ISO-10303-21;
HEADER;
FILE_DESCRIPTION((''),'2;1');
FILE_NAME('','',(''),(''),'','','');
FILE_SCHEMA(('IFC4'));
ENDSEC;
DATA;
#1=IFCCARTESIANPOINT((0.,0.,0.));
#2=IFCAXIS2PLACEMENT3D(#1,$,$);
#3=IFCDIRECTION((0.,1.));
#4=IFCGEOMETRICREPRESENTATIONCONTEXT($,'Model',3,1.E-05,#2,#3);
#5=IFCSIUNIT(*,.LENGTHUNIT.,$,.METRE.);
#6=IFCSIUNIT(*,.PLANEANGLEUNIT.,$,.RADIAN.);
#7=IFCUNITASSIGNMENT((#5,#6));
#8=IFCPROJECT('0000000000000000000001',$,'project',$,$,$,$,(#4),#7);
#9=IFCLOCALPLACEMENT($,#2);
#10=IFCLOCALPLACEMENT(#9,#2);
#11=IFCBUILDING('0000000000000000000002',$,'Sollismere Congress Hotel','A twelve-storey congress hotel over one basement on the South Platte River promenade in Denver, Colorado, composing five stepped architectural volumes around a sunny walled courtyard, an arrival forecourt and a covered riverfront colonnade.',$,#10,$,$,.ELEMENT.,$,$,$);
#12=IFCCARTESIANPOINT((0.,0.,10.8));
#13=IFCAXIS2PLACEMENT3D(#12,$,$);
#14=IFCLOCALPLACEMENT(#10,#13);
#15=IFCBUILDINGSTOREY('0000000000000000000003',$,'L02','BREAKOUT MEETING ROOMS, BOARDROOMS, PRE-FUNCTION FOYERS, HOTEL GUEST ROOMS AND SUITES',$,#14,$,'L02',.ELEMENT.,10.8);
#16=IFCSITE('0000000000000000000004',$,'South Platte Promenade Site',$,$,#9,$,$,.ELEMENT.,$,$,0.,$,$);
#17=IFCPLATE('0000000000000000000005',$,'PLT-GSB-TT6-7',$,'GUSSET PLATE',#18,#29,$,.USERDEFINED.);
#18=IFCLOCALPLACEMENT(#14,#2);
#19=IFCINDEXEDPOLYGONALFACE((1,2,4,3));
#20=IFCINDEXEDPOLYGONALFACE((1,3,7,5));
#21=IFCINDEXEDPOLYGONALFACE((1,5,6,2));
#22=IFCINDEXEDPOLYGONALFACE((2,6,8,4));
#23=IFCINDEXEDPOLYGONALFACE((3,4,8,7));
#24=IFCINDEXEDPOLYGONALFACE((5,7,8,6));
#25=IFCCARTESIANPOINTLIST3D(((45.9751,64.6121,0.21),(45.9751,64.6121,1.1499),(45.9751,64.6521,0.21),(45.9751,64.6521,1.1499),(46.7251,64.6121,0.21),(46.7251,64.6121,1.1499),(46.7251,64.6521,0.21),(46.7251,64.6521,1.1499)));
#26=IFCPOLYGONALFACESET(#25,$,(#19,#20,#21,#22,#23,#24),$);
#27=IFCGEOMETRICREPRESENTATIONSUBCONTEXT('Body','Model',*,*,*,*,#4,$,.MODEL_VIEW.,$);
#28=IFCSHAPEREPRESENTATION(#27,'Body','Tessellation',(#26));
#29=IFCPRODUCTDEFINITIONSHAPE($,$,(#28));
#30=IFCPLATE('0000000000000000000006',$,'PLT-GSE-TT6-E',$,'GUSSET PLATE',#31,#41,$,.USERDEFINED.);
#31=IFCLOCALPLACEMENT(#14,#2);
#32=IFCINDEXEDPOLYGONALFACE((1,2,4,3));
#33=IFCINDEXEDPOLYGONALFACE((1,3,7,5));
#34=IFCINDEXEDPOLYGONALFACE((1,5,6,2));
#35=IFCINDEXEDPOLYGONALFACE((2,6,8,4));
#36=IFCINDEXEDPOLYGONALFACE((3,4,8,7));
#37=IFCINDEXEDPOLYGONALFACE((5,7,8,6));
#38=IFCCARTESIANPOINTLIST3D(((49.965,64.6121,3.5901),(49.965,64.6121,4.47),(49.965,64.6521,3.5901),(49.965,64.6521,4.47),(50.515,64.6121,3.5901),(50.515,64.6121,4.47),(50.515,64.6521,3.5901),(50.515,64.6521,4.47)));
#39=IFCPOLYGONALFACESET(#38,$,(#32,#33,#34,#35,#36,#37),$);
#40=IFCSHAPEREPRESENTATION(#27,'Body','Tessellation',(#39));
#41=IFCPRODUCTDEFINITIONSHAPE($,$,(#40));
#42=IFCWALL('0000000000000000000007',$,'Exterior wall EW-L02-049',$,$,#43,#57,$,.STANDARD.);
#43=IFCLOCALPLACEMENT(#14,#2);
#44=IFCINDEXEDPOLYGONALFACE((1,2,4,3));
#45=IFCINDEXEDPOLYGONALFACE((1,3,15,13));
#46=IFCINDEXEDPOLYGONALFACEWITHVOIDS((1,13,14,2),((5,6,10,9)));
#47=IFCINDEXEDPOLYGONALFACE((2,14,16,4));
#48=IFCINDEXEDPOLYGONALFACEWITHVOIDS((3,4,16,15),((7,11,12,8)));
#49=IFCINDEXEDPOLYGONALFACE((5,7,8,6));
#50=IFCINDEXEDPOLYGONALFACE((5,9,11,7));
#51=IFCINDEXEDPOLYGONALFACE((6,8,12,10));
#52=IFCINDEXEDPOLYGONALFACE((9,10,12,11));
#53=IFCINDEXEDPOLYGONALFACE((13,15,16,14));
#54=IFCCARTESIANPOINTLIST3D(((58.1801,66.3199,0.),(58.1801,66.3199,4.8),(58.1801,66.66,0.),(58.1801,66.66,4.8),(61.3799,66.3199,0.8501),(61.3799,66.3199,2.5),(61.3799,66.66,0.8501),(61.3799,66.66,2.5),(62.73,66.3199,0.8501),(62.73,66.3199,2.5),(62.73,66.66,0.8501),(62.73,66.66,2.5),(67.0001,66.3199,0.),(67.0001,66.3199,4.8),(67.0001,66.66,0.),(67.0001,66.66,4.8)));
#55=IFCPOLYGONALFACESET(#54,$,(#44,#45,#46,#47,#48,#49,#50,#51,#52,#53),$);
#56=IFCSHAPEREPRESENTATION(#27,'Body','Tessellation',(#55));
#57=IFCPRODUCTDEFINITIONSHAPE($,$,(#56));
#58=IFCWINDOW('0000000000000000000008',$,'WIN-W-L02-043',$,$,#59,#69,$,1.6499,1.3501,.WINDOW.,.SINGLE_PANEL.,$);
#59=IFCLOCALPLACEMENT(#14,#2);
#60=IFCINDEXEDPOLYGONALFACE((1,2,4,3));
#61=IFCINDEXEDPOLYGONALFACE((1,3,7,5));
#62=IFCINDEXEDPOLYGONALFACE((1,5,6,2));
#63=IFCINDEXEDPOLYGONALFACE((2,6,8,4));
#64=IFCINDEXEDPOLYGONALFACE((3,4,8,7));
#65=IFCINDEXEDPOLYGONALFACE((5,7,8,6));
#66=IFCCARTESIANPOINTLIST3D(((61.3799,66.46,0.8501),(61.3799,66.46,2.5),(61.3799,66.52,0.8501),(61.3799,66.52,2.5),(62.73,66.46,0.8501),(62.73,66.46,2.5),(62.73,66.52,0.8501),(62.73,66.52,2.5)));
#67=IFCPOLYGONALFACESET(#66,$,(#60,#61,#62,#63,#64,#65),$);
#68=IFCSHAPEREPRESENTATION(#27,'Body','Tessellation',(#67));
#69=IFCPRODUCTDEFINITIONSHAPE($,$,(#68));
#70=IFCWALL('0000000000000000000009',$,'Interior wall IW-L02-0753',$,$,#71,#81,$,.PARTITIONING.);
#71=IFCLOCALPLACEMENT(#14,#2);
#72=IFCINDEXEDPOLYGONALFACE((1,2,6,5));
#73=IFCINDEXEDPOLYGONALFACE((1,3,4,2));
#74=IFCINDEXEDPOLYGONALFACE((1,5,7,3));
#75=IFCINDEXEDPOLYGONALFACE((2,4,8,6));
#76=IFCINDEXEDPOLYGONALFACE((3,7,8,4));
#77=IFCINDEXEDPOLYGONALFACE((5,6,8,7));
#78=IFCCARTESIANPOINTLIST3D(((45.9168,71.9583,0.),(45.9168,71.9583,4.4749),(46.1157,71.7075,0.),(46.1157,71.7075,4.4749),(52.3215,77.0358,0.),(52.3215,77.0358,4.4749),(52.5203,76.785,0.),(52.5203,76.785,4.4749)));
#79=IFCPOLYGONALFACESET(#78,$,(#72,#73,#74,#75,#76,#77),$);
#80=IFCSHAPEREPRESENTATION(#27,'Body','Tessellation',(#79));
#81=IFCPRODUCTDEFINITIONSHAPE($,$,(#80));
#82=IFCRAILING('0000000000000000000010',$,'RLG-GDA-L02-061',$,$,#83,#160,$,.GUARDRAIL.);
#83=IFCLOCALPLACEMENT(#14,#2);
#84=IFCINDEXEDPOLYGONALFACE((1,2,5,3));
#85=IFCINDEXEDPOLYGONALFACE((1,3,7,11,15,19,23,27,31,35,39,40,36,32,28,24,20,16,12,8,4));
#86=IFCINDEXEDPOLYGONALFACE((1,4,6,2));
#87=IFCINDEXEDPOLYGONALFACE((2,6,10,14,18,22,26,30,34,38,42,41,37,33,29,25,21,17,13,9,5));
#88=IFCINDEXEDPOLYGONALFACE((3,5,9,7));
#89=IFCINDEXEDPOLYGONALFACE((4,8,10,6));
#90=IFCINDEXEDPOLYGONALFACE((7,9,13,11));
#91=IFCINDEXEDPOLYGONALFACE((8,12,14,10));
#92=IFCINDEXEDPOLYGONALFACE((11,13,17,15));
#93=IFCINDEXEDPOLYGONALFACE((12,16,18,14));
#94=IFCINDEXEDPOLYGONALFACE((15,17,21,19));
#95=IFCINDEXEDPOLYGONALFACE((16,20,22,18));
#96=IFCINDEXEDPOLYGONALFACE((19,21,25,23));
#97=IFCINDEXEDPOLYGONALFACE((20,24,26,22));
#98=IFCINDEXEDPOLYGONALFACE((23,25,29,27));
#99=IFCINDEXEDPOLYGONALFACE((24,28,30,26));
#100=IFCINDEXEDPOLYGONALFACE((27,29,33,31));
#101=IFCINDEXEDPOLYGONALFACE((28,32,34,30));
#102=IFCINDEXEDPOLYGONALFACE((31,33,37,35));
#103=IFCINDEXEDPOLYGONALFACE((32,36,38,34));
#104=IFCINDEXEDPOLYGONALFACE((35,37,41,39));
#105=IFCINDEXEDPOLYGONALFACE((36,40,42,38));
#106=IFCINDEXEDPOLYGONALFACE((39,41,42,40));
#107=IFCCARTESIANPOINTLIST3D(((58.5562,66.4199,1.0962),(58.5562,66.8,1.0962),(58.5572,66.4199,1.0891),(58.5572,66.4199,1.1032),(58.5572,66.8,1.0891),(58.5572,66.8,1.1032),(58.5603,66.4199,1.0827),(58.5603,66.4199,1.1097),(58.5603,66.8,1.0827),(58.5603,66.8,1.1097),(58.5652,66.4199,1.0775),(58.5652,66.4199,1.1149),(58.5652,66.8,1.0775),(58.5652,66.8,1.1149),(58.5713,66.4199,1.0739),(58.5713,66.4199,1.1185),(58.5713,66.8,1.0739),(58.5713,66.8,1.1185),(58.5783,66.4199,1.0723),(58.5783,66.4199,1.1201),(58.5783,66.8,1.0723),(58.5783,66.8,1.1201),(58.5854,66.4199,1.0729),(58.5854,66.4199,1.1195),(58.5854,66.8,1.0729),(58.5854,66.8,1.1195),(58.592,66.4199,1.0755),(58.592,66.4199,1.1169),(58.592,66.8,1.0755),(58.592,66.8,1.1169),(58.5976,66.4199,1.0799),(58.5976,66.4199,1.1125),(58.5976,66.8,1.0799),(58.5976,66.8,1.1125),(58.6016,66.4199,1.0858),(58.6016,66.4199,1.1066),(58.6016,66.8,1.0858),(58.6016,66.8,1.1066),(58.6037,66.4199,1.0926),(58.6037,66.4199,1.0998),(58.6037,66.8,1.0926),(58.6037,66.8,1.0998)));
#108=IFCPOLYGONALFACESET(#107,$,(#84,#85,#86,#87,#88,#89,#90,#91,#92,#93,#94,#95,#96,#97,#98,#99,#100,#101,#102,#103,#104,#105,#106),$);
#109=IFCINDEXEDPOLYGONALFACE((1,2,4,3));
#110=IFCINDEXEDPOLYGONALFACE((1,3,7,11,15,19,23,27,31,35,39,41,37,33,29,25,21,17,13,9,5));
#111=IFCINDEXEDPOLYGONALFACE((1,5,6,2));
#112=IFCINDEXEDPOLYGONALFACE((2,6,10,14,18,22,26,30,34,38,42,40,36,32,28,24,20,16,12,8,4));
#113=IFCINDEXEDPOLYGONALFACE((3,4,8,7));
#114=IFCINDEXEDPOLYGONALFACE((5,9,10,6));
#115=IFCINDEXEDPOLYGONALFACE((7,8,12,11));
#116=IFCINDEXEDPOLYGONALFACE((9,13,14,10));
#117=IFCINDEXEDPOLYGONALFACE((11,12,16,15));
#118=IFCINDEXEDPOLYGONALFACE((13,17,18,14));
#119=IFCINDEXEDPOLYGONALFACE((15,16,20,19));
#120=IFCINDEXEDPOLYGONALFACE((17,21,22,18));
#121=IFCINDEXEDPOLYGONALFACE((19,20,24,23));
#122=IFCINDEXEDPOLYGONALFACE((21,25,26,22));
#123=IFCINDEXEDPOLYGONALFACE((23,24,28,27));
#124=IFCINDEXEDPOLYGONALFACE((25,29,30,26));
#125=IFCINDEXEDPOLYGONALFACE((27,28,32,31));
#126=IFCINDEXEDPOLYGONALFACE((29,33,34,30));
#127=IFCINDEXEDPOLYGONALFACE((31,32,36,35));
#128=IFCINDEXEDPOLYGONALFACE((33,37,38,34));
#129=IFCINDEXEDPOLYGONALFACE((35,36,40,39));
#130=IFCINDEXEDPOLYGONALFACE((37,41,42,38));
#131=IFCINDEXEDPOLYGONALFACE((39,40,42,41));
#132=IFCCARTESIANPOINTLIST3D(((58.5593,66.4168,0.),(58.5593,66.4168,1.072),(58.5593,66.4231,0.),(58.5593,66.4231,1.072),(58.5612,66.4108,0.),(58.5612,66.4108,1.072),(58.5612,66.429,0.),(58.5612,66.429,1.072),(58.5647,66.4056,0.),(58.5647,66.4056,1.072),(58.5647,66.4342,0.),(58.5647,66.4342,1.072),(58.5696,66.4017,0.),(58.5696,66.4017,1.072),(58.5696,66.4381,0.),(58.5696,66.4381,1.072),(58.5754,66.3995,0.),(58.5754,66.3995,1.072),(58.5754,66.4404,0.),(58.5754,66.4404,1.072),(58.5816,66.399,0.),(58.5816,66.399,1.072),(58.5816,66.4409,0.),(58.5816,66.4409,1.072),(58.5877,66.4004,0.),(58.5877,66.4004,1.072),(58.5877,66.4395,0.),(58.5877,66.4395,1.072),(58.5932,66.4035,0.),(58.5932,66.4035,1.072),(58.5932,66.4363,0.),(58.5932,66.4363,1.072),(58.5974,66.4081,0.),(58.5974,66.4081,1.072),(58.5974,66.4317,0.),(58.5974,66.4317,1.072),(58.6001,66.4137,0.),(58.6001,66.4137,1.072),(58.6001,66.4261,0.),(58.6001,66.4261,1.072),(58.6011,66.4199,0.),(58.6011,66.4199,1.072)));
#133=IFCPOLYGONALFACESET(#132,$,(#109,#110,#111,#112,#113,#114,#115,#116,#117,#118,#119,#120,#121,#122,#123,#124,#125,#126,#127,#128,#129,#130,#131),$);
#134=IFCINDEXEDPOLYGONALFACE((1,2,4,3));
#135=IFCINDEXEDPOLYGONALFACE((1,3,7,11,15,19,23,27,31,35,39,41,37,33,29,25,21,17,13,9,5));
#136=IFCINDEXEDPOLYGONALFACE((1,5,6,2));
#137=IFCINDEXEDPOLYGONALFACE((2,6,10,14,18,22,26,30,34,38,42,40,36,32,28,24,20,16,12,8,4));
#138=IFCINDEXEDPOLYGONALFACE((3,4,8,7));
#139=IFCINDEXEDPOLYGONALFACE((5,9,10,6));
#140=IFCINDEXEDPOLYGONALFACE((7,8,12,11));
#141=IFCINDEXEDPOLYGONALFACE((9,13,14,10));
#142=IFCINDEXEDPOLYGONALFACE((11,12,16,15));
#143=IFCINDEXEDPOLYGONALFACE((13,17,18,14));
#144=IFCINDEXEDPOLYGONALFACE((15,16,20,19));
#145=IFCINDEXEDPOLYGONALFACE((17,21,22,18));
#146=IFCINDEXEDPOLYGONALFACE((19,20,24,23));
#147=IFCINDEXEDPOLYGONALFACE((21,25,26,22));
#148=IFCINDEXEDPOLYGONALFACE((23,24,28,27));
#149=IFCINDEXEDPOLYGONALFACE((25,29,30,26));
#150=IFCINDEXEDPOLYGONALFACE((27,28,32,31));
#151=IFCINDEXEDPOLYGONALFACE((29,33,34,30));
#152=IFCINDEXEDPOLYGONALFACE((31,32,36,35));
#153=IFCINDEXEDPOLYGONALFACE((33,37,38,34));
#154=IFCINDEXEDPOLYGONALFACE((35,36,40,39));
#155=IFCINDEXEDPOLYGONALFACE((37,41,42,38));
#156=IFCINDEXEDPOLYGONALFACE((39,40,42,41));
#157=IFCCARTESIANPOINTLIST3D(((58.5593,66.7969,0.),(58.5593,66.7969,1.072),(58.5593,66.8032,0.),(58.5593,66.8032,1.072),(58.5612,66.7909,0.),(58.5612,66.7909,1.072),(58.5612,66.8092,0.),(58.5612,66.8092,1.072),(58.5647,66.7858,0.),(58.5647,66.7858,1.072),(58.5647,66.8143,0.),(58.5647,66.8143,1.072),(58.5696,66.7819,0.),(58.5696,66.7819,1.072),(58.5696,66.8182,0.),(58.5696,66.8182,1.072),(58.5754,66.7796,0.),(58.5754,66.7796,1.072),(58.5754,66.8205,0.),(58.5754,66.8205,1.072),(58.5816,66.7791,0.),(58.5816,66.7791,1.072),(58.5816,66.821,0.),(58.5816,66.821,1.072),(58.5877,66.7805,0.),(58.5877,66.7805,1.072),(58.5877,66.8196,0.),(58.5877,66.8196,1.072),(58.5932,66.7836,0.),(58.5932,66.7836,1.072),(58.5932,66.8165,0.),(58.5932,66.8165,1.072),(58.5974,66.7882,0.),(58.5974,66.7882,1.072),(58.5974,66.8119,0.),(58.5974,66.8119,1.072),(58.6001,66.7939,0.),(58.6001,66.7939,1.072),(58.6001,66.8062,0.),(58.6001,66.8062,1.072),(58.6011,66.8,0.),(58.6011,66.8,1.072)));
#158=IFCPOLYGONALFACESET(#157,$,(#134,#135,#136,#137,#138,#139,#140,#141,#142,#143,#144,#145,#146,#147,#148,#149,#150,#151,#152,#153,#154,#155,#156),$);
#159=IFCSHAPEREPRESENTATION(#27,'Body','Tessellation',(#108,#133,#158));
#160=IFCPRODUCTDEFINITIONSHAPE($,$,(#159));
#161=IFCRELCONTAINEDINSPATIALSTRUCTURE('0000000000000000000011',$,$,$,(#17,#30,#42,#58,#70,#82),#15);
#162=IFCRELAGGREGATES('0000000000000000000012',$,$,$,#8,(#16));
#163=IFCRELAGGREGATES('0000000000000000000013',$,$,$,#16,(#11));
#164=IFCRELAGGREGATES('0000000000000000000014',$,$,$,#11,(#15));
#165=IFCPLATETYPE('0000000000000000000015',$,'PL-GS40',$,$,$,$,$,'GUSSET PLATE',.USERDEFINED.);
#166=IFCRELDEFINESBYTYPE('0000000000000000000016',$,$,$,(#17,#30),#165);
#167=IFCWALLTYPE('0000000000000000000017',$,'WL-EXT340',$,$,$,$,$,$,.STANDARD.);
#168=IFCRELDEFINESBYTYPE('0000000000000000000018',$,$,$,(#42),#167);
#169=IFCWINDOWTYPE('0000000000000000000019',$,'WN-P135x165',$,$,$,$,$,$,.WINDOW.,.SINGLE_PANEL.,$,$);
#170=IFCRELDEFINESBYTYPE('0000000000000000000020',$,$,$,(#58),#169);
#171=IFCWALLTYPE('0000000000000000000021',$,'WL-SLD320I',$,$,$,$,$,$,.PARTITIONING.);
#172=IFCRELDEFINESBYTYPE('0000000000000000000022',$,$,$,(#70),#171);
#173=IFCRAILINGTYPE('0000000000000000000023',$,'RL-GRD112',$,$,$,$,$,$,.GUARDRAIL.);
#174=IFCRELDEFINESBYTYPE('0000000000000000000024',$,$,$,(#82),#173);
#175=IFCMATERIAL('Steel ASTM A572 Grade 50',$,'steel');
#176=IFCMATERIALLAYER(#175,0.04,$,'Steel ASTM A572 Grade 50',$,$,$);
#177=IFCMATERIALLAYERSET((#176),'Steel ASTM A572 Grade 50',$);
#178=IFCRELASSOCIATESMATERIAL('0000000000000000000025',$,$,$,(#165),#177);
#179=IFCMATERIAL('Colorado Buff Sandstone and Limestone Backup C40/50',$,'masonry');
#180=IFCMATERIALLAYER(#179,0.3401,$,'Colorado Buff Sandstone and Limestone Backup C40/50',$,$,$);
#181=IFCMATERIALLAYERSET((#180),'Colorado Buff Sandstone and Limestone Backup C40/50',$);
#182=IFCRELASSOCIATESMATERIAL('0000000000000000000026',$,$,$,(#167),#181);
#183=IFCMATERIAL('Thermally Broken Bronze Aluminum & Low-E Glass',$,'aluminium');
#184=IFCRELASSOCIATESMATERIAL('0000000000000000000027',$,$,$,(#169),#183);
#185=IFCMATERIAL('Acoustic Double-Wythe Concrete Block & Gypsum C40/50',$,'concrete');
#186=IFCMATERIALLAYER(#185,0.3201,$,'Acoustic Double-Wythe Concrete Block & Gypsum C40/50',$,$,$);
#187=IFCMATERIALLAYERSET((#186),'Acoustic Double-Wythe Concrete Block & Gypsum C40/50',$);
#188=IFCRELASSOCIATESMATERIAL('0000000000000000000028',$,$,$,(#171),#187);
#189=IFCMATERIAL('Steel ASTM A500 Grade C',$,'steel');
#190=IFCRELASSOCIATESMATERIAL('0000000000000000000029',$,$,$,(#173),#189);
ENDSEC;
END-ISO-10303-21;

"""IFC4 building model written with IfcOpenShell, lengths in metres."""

from ifc_helpers import new_model, si_unit, direction, frame, frame_2d, origin, origin_2d, place, context, subcontext, project, spatial, rectangle, circle, extrude, material, layer, layer_set, type_object, element, fill, save


model = new_model("IFC4")

# Units and contexts
model_context = context("Model", 3, precision=1e-05, world=origin(), true_north=direction((0.0, 1.0)))
body_context = subcontext(model_context, "Body", "Model", "MODEL_VIEW")
ifc_project = project(units=[si_unit("LENGTHUNIT", "METRE"), si_unit("PLANEANGLEUNIT", "RADIAN")], contexts=[model_context])

# Site, building, storey
site_placement = place(None, origin())
site = spatial("IfcSite", under=ifc_project, at=site_placement, Name="South Platte Promenade Site", CompositionType="ELEMENT", RefElevation=0.0)
building_placement = place(site_placement, origin())
building = spatial("IfcBuilding", under=site, at=building_placement, Name="Sollismere Congress Hotel", Description="A twelve-storey congress hotel over one basement on the South Platte River promenade in Denver, Colorado, composing five stepped architectural volumes around a sunny walled courtyard, an arrival forecourt and a covered riverfront colonnade.", CompositionType="ELEMENT")
storey_placement = place(building_placement, frame((0.0, 0.0, 10.8)))
storey = spatial("IfcBuildingStorey", under=building, at=storey_placement, Name="L02", Description="BREAKOUT MEETING ROOMS, BOARDROOMS, PRE-FUNCTION FOYERS, HOTEL GUEST ROOMS AND SUITES", LongName="L02", CompositionType="ELEMENT", Elevation=10.8)

# Shared definitions
ifc_material_1 = material(Name="Steel ASTM A500 Grade C", Category="steel")

# Plates
ifc_material_2 = material(Name="Steel ASTM A572 Grade 50", Category="steel")
ifc_layer_1 = layer(ifc_material_2, 0.04, Name="Steel ASTM A572 Grade 50")
ifc_layer_set_1 = layer_set([ifc_layer_1], Name="Steel ASTM A572 Grade 50")
plate_type_1 = type_object("IfcPlateType", Name="PL-GS40", ElementType="GUSSET PLATE", PredefinedType="USERDEFINED", material=ifc_layer_set_1)
for number, where, z_axis, x_axis, name in (
    (1, (46.3501, 64.6321, 0.21), (0.0, 0.0, 1.0), (1.0, 0.0, 0.0), "PLT-GSB-TT6-7"),
):
    element("IfcPlate", number, at=place(storey_placement, frame(where, z_axis=z_axis, x_axis=x_axis)), inside=storey, type_object=plate_type_1, Name=name, ObjectType="GUSSET PLATE", PredefinedType="USERDEFINED", context=body_context, shape_type="SweptSolid", body=[
        extrude(rectangle(XDim=0.75, YDim=0.04, at=origin_2d()), origin(), (0.0, 0.0, 1.0), 0.9399),
    ])
plate_1_placement = place(storey_placement, frame((50.24, 64.6321, 3.5901), z_axis=(0.0, 0.0, 1.0), x_axis=(1.0, 0.0, 0.0)))
element("IfcPlate", 2, at=plate_1_placement, inside=storey, type_object=plate_type_1, Name="PLT-GSE-TT6-E", ObjectType="GUSSET PLATE", PredefinedType="USERDEFINED", context=body_context, shape_type="SweptSolid", body=[
    extrude(rectangle(XDim=0.55, YDim=0.04, at=origin_2d()), origin(), (0.0, 0.0, 1.0), 0.8799),
])

# Wall, opening, window
ifc_material_3 = material(Name="Colorado Buff Sandstone and Limestone Backup C40/50", Category="masonry")
ifc_layer_2 = layer(ifc_material_3, 0.3401, Name="Colorado Buff Sandstone and Limestone Backup C40/50")
ifc_layer_set_2 = layer_set([ifc_layer_2], Name="Colorado Buff Sandstone and Limestone Backup C40/50")
wall_type_1 = type_object("IfcWallType", Name="WL-EXT340", PredefinedType="STANDARD", material=ifc_layer_set_2)
wall_1_placement = place(storey_placement, frame((58.1799, 66.49, 0.0), z_axis=(0.0, 0.0, 1.0), x_axis=(1.0, 0.0, 0.0)))
wall_1 = element("IfcWall", 3, at=wall_1_placement, inside=storey, type_object=wall_type_1, Name="Exterior wall EW-L02-049", PredefinedType="STANDARD", context=body_context, shape_type="SweptSolid", body=[
    extrude(rectangle(XDim=8.8201, YDim=0.3401, at=frame_2d((4.4102, 0.0))), origin(), (0.0, 0.0, 1.0), 4.8),
])
opening_placement = place(wall_1_placement, frame((3.2, 0.0, 0.8501)))
opening = element("IfcOpeningElement", 4, at=opening_placement, cuts=wall_1, PredefinedType="OPENING", context=body_context, shape_type="SweptSolid", body=[
    extrude(rectangle(XDim=1.3501, YDim=1.6499, at=frame_2d((0.675, 0.825))), frame((0.0, 0.1799, 0.0), z_axis=(0.0, -1.0, 0.0), x_axis=(1.0, 0.0, 0.0)), (0.0, 0.0, 1.0), 0.3601),
])
ifc_material_4 = material(Name="Thermally Broken Bronze Aluminum & Low-E Glass", Category="aluminium")
window_type = type_object("IfcWindowType", Name="WN-P135x165", PartitioningType="SINGLE_PANEL", PredefinedType="WINDOW", material=ifc_material_4)
window_placement = place(opening_placement, origin())
window = element("IfcWindow", 5, at=window_placement, inside=storey, type_object=window_type, Name="WIN-W-L02-043", OverallHeight=1.6499, OverallWidth=1.3501, PartitioningType="SINGLE_PANEL", PredefinedType="WINDOW", context=body_context, shape_type="SweptSolid", body=[
    extrude(rectangle(XDim=1.3501, YDim=1.6499, at=frame_2d((0.675, 0.825))), frame((0.0, 0.03, 0.0), z_axis=(0.0, -1.0, 0.0), x_axis=(1.0, 0.0, 0.0)), (0.0, 0.0, 1.0), 0.0601),
])
fill(opening, window)

# Wall
ifc_material_5 = material(Name="Acoustic Double-Wythe Concrete Block & Gypsum C40/50", Category="concrete")
ifc_layer_3 = layer(ifc_material_5, 0.3201, Name="Acoustic Double-Wythe Concrete Block & Gypsum C40/50")
ifc_layer_set_3 = layer_set([ifc_layer_3], Name="Acoustic Double-Wythe Concrete Block & Gypsum C40/50")
wall_type_2 = type_object("IfcWallType", Name="WL-SLD320I", PredefinedType="PARTITIONING", material=ifc_layer_set_3)
wall_2_placement = place(storey_placement, frame((46.0164, 71.833, 0.0), z_axis=(0.0, 0.0, 1.0), x_axis=(0.783621, 0.621239, 0.0)))
element("IfcWall", 6, at=wall_2_placement, inside=storey, type_object=wall_type_2, Name="Interior wall IW-L02-0753", PredefinedType="PARTITIONING", context=body_context, shape_type="SweptSolid", body=[
    extrude(rectangle(XDim=8.1731, YDim=0.3201, at=frame_2d((4.0864, 0.0))), origin(), (0.0, 0.0, 1.0), 4.4749),
])

# Railing
railing_type = type_object("IfcRailingType", Name="RL-GRD112", PredefinedType="GUARDRAIL", material=ifc_material_1)
railing_1_placement = place(storey_placement, frame((58.5801, 66.4199, 0.0)))
element("IfcRailing", 7, at=railing_1_placement, inside=storey, type_object=railing_type, Name="RLG-GDA-L02-061", PredefinedType="GUARDRAIL", context=body_context, shape_type="SweptSolid", body=[
    extrude(circle(Radius=0.0239, at=origin_2d()), frame((0.0, 0.0, 1.0962), z_axis=(0.0, 1.0, 0.0), x_axis=(-1.0, 0.0, 0.0)), (0.0, 0.0, 1.0), 0.3801),
    extrude(circle(Radius=0.021, at=origin_2d()), origin(), (0.0, 0.0, 1.0), 1.072),
    extrude(circle(Radius=0.021, at=origin_2d()), frame((0.0, 0.3801, 0.0)), (0.0, 0.0, 1.0), 1.072),
])

save(model, "model.ifc")
